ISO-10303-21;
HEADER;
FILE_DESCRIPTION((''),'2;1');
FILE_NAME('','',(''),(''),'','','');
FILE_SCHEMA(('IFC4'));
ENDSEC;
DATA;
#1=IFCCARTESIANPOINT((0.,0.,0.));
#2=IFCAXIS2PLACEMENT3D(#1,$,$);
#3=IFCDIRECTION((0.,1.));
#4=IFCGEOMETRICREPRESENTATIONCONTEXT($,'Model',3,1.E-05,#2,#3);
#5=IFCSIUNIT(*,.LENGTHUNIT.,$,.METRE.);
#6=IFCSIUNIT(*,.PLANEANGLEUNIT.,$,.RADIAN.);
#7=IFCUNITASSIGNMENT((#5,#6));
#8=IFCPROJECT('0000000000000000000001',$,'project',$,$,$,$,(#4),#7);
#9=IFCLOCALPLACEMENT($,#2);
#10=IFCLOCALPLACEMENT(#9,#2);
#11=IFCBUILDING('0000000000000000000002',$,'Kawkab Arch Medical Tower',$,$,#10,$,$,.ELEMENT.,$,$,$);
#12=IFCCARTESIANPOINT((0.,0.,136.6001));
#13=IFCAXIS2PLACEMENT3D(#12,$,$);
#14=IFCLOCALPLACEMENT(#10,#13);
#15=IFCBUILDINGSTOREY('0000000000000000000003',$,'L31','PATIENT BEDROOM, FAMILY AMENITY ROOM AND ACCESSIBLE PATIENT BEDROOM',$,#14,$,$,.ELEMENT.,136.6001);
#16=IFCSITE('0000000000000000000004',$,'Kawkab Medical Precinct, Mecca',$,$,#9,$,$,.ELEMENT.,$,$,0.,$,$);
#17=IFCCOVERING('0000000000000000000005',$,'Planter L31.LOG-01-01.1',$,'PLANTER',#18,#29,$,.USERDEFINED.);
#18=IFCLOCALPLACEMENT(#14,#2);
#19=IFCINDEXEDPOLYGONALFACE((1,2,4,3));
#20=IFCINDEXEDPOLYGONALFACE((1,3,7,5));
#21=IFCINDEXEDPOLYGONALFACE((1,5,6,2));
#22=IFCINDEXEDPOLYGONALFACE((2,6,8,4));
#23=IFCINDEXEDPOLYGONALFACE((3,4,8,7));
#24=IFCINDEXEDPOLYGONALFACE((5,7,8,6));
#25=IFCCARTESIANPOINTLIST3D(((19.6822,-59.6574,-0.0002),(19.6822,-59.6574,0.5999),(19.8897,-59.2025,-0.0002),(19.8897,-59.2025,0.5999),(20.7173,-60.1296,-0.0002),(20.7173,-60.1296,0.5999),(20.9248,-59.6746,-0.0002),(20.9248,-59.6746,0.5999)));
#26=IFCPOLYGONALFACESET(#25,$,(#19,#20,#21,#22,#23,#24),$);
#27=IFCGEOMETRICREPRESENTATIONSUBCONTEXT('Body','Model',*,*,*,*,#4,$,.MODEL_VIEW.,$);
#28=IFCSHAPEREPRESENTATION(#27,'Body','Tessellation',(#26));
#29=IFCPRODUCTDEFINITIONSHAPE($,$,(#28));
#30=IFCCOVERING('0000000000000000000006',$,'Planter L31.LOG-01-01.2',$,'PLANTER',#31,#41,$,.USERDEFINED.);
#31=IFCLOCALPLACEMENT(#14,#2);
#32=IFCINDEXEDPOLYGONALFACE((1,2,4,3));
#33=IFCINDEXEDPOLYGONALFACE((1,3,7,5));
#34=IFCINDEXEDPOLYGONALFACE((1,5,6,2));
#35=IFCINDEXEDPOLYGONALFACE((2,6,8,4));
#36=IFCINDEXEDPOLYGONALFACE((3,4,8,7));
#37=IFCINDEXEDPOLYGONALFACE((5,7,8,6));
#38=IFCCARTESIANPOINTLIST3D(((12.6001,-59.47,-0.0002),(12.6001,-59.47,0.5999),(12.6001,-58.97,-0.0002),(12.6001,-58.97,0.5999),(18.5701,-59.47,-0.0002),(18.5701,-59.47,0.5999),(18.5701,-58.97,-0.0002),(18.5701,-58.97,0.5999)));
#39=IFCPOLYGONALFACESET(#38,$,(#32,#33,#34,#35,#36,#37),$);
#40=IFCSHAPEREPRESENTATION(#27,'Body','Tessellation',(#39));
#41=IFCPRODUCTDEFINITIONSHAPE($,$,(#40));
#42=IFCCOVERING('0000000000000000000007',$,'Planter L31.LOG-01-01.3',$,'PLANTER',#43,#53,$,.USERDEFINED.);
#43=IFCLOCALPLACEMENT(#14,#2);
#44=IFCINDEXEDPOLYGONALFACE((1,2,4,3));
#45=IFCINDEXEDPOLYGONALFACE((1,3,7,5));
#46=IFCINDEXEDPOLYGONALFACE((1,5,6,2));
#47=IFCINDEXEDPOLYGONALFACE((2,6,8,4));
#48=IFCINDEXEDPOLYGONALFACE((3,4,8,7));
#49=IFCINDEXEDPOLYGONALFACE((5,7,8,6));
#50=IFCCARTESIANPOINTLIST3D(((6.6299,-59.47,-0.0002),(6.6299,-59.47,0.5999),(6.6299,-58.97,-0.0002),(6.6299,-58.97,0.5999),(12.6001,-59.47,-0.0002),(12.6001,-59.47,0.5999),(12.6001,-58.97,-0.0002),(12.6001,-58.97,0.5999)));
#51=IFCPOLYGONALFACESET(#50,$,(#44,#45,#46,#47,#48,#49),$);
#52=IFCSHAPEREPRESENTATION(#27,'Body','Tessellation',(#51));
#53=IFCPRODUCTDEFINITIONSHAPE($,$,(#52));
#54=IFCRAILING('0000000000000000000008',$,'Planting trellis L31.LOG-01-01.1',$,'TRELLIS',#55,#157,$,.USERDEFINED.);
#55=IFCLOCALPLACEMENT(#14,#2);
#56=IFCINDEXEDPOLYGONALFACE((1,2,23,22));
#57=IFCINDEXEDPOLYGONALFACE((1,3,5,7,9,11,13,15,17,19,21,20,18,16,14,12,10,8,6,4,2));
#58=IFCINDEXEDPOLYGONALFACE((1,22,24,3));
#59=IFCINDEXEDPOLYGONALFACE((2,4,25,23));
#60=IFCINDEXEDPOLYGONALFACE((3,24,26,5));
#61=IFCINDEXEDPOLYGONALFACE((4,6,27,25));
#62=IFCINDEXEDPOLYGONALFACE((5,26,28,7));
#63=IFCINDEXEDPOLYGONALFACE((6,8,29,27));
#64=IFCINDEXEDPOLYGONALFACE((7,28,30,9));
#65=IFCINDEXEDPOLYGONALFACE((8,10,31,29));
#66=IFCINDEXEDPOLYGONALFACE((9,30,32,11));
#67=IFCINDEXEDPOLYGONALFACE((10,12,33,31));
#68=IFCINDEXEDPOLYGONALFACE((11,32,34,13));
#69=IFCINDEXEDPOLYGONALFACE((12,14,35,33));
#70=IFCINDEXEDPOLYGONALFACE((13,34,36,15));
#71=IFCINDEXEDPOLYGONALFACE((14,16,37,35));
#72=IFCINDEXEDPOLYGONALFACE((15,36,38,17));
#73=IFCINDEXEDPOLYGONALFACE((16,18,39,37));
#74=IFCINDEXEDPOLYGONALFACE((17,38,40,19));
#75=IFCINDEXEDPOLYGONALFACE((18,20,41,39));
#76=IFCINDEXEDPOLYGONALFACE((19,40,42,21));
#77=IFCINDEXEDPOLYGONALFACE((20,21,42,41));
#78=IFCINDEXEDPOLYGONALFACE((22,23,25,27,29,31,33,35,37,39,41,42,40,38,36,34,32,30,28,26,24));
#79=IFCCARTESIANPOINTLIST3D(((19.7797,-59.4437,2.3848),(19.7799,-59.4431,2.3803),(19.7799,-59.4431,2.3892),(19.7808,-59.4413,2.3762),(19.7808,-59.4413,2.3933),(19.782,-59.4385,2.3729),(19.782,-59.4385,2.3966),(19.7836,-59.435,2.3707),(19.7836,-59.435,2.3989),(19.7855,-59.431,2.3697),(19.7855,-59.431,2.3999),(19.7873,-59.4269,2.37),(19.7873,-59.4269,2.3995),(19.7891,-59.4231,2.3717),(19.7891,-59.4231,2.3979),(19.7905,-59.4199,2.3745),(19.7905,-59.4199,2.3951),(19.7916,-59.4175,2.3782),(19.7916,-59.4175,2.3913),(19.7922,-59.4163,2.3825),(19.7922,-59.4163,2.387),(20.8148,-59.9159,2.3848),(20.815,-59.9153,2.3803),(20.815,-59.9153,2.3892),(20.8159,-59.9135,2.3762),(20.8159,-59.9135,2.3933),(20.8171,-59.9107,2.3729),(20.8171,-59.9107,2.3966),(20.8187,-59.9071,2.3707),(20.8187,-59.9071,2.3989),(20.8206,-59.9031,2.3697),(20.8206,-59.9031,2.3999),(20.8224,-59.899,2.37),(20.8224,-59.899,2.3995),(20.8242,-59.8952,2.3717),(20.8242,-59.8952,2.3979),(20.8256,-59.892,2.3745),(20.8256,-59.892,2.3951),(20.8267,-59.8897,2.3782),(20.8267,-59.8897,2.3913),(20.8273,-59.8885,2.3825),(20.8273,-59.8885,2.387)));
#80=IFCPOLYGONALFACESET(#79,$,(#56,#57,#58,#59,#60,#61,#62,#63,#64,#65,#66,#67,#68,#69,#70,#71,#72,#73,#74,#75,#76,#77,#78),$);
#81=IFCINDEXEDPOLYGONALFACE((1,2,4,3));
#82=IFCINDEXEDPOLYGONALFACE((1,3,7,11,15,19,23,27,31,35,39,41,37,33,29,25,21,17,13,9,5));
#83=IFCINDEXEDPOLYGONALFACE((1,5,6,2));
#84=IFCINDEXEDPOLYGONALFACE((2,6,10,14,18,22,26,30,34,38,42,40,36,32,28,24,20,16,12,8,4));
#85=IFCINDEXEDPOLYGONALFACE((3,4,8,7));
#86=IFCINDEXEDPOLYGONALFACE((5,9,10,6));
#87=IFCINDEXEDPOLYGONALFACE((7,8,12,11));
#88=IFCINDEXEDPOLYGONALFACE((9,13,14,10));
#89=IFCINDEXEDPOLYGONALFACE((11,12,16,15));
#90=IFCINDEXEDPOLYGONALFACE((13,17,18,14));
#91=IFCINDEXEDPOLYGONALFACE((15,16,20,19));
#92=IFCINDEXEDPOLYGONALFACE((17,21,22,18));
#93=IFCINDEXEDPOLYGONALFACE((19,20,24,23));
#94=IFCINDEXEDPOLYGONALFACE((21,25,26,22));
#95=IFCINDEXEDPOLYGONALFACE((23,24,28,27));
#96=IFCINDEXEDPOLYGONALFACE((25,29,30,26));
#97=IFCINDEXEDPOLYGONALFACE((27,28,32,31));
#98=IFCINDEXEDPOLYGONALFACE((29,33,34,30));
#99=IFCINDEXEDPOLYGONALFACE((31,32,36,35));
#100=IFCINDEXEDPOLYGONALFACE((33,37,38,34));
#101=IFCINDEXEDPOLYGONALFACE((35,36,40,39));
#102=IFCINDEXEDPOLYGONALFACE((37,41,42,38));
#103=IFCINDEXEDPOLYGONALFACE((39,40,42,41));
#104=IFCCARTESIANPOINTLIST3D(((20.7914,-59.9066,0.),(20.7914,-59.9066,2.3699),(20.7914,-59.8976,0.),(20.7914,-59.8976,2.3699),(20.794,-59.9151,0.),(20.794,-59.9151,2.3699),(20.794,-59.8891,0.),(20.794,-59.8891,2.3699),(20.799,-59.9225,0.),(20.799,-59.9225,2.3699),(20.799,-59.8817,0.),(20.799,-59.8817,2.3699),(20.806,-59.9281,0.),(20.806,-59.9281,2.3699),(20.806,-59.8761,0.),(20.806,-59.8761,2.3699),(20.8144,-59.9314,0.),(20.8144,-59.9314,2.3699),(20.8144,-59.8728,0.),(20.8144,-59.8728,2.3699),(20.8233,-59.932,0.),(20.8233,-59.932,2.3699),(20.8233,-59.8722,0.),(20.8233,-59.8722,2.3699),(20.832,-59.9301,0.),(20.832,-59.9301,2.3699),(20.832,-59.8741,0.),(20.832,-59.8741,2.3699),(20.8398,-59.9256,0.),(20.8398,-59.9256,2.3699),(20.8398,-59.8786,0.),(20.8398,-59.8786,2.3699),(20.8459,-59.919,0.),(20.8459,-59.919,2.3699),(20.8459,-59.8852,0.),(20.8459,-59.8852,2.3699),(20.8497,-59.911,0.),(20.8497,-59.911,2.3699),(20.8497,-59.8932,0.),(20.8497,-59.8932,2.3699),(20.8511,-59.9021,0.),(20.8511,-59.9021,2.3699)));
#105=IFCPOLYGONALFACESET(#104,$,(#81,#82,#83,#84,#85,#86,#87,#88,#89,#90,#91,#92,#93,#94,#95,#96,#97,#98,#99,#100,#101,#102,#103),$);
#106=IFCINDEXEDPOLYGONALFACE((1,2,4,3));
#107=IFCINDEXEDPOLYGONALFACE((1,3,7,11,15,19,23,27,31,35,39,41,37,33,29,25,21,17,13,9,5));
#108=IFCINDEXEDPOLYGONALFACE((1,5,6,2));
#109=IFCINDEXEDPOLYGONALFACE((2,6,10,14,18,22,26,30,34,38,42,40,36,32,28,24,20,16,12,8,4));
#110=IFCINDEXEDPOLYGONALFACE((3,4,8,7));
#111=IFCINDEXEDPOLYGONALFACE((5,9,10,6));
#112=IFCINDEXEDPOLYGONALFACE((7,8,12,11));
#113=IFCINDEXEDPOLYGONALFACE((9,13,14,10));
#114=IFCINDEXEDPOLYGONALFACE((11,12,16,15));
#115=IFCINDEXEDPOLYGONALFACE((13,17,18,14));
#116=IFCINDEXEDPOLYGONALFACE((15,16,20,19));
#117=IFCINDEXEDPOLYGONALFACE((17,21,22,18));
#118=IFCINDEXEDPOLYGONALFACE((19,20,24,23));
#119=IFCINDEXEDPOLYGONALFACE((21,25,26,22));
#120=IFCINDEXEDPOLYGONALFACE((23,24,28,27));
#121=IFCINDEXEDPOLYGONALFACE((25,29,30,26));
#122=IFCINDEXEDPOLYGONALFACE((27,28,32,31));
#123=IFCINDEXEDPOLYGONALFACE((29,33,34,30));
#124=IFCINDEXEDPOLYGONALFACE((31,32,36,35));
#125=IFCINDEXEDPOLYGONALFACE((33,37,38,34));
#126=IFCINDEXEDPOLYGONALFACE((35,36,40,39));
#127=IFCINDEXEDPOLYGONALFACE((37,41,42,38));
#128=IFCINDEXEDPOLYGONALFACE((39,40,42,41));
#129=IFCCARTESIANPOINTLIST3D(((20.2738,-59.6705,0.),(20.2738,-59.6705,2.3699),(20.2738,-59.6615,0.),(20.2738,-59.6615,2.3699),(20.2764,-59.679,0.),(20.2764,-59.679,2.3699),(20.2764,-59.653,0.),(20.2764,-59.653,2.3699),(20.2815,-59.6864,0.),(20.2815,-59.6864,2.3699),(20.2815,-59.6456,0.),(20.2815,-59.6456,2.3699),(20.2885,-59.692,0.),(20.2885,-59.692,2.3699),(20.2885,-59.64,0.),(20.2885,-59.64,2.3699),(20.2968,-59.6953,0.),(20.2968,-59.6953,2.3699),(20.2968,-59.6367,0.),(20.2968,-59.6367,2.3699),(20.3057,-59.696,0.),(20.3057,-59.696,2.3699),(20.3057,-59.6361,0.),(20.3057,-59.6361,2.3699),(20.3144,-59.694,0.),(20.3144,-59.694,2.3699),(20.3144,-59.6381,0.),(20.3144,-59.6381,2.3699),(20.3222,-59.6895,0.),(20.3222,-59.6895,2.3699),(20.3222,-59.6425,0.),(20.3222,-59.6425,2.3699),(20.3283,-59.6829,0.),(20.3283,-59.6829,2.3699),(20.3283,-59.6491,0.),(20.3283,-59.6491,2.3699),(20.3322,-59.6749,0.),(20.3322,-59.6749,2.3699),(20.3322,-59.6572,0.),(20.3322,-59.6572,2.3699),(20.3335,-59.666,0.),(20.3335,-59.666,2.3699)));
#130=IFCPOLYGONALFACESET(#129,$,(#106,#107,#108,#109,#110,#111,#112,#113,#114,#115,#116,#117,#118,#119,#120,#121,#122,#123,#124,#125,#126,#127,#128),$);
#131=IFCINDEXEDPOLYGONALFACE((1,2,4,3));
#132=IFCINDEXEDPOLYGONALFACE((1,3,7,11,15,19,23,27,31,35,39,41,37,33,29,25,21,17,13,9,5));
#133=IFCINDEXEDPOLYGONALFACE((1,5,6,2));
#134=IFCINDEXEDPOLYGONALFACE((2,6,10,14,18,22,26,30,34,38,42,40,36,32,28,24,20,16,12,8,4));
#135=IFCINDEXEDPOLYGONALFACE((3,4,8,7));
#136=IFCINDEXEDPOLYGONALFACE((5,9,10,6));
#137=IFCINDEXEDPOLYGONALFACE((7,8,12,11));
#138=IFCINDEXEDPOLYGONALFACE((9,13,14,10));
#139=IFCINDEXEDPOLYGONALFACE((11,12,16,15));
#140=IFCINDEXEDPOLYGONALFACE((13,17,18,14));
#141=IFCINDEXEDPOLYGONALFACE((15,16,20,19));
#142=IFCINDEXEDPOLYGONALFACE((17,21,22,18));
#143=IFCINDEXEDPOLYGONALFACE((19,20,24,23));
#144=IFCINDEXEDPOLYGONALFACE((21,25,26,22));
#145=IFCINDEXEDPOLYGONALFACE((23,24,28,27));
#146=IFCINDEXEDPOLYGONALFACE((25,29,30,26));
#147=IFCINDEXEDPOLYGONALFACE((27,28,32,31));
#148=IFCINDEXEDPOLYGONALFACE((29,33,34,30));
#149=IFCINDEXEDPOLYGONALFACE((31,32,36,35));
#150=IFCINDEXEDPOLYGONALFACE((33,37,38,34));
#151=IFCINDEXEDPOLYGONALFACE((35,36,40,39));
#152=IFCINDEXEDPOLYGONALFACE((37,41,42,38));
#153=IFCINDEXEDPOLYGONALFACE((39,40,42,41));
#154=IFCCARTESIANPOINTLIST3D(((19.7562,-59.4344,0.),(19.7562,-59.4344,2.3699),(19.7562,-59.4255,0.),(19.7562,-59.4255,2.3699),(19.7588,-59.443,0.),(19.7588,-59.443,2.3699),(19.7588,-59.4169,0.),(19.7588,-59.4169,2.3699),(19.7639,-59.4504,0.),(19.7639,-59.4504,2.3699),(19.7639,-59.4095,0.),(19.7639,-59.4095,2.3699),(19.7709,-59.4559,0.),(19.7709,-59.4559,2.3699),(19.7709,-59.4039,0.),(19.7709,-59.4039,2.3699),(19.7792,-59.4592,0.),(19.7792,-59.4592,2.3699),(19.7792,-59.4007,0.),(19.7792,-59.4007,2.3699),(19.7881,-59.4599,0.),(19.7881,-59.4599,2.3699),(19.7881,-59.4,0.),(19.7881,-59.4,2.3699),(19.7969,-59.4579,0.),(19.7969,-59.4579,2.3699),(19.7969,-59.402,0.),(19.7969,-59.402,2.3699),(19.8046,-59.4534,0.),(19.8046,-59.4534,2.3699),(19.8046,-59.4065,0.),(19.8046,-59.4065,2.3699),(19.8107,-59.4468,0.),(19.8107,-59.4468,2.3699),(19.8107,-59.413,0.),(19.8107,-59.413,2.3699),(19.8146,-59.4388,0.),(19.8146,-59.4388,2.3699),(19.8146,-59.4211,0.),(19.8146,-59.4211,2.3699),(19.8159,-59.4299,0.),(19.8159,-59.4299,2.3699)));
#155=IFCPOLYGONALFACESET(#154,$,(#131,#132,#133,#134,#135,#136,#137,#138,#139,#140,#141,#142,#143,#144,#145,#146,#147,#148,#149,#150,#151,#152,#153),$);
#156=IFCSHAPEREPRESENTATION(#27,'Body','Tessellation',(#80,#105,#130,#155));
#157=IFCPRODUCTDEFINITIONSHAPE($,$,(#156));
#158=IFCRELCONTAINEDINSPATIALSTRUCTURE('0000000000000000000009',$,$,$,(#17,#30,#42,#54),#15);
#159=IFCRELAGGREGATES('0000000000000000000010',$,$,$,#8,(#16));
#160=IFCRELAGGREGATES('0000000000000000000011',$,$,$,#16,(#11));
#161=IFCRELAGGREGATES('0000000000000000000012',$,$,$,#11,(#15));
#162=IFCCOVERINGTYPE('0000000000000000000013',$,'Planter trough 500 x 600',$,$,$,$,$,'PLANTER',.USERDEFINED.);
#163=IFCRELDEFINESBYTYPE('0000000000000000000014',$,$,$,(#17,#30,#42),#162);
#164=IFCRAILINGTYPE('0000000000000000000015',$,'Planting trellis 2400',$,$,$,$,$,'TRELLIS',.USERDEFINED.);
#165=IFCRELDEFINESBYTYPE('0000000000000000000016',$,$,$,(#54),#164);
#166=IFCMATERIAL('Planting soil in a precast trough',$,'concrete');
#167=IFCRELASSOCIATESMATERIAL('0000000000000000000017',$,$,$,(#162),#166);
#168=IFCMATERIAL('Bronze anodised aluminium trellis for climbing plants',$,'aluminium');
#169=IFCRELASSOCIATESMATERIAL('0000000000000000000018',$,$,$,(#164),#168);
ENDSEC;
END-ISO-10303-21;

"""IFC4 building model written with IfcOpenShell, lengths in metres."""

from ifc_helpers import new_model, si_unit, direction, frame, origin, origin_2d, place, context, subcontext, project, spatial, rectangle, circle, extrude, material, material_profile, profile_set, type_object, element, save


model = new_model("IFC4")

# Units and contexts
model_context = context("Model", 3, precision=1e-05, world=origin(), true_north=direction((0.0, 1.0)))
body_context = subcontext(model_context, "Body", "Model", "MODEL_VIEW")
ifc_project = project(units=[si_unit("LENGTHUNIT", "METRE"), si_unit("PLANEANGLEUNIT", "RADIAN")], contexts=[model_context])

# Site, building, storey
site_placement = place(None, origin())
site = spatial("IfcSite", under=ifc_project, at=site_placement, Name="Kawkab Medical Precinct, Mecca", CompositionType="ELEMENT", RefElevation=0.0)
building_placement = place(site_placement, origin())
building = spatial("IfcBuilding", under=site, at=building_placement, Name="Kawkab Arch Medical Tower", CompositionType="ELEMENT")
storey_placement = place(building_placement, frame((0.0, 0.0, 136.6001)))
storey = spatial("IfcBuildingStorey", under=building, at=storey_placement, Name="L31", Description="PATIENT BEDROOM, FAMILY AMENITY ROOM AND ACCESSIBLE PATIENT BEDROOM", CompositionType="ELEMENT", Elevation=136.6001)

# Coverings
ifc_material_1 = material(Name="Planting soil in a precast trough", Category="concrete")
ifc_material_profile_1 = material_profile(ifc_material_1, rectangle(XDim=0.5, YDim=0.6001, at=origin_2d()), Name="Trough 500x600")
ifc_profile_set_1 = profile_set([ifc_material_profile_1], Name="Planting soil in a precast trough")
covering_type_1 = type_object("IfcCoveringType", Name="Planter trough 500 x 600", ElementType="PLANTER", PredefinedType="USERDEFINED", material=ifc_profile_set_1)
covering_1_placement = place(storey_placement, frame((20.821, -59.9021, 0.2998), z_axis=(-0.909822, 0.414999, 0.0), x_axis=(-0.414999, -0.909822, 0.0)))
element("IfcCovering", 1, at=covering_1_placement, inside=storey, type_object=covering_type_1, Name="Planter L31.LOG-01-01.1", ObjectType="PLANTER", PredefinedType="USERDEFINED", context=body_context, shape_type="SweptSolid", body=[
    extrude(rectangle(XDim=0.5, YDim=0.6001, at=origin_2d()), origin(), (0.0, 0.0, 1.0), 1.1377),
])
covering_2_placement = place(storey_placement, frame((18.5701, -59.22, 0.2998), z_axis=(-1.0, 0.0, 0.0), x_axis=(0.0, -1.0, 0.0)))
element("IfcCovering", 2, at=covering_2_placement, inside=storey, type_object=covering_type_1, Name="Planter L31.LOG-01-01.2", ObjectType="PLANTER", PredefinedType="USERDEFINED", context=body_context, shape_type="SweptSolid", body=[
    extrude(rectangle(XDim=0.5, YDim=0.6001, at=origin_2d()), origin(), (0.0, 0.0, 1.0), 5.97),
])
covering_3_placement = place(storey_placement, frame((12.6001, -59.22, 0.2998), z_axis=(-1.0, 0.0, 0.0), x_axis=(0.0, -1.0, 0.0)))
element("IfcCovering", 3, at=covering_3_placement, inside=storey, type_object=covering_type_1, Name="Planter L31.LOG-01-01.3", ObjectType="PLANTER", PredefinedType="USERDEFINED", context=body_context, shape_type="SweptSolid", body=[
    extrude(rectangle(XDim=0.5, YDim=0.6001, at=origin_2d()), origin(), (0.0, 0.0, 1.0), 5.9702),
])

# Railing
ifc_material_2 = material(Name="Bronze anodised aluminium trellis for climbing plants", Category="aluminium")
railing_type_1 = type_object("IfcRailingType", Name="Planting trellis 2400", ElementType="TRELLIS", PredefinedType="USERDEFINED", material=ifc_material_2)
railing_1_placement = place(storey_placement, frame((20.821, -59.9021, 0.0)))
element("IfcRailing", 4, at=railing_1_placement, inside=storey, type_object=railing_type_1, Name="Planting trellis L31.LOG-01-01.1", ObjectType="TRELLIS", PredefinedType="USERDEFINED", context=body_context, shape_type="SweptSolid", body=[
    extrude(circle(Radius=0.0151, at=origin_2d()), frame((0.0, 0.0, 2.3848), z_axis=(-0.909822, 0.414999, 0.0), x_axis=(-0.414999, -0.909822, 0.0)), (0.0, 0.0, 1.0), 1.1377),
    extrude(circle(Radius=0.03, at=origin_2d()), origin(), (0.0, 0.0, 1.0), 2.3699),
    extrude(circle(Radius=0.03, at=origin_2d()), frame((-0.5176, 0.2361, 0.0)), (0.0, 0.0, 1.0), 2.3699),
    extrude(circle(Radius=0.03, at=origin_2d()), frame((-1.0352, 0.4722, 0.0)), (0.0, 0.0, 1.0), 2.3699),
])

save(model, "model.ifc")
